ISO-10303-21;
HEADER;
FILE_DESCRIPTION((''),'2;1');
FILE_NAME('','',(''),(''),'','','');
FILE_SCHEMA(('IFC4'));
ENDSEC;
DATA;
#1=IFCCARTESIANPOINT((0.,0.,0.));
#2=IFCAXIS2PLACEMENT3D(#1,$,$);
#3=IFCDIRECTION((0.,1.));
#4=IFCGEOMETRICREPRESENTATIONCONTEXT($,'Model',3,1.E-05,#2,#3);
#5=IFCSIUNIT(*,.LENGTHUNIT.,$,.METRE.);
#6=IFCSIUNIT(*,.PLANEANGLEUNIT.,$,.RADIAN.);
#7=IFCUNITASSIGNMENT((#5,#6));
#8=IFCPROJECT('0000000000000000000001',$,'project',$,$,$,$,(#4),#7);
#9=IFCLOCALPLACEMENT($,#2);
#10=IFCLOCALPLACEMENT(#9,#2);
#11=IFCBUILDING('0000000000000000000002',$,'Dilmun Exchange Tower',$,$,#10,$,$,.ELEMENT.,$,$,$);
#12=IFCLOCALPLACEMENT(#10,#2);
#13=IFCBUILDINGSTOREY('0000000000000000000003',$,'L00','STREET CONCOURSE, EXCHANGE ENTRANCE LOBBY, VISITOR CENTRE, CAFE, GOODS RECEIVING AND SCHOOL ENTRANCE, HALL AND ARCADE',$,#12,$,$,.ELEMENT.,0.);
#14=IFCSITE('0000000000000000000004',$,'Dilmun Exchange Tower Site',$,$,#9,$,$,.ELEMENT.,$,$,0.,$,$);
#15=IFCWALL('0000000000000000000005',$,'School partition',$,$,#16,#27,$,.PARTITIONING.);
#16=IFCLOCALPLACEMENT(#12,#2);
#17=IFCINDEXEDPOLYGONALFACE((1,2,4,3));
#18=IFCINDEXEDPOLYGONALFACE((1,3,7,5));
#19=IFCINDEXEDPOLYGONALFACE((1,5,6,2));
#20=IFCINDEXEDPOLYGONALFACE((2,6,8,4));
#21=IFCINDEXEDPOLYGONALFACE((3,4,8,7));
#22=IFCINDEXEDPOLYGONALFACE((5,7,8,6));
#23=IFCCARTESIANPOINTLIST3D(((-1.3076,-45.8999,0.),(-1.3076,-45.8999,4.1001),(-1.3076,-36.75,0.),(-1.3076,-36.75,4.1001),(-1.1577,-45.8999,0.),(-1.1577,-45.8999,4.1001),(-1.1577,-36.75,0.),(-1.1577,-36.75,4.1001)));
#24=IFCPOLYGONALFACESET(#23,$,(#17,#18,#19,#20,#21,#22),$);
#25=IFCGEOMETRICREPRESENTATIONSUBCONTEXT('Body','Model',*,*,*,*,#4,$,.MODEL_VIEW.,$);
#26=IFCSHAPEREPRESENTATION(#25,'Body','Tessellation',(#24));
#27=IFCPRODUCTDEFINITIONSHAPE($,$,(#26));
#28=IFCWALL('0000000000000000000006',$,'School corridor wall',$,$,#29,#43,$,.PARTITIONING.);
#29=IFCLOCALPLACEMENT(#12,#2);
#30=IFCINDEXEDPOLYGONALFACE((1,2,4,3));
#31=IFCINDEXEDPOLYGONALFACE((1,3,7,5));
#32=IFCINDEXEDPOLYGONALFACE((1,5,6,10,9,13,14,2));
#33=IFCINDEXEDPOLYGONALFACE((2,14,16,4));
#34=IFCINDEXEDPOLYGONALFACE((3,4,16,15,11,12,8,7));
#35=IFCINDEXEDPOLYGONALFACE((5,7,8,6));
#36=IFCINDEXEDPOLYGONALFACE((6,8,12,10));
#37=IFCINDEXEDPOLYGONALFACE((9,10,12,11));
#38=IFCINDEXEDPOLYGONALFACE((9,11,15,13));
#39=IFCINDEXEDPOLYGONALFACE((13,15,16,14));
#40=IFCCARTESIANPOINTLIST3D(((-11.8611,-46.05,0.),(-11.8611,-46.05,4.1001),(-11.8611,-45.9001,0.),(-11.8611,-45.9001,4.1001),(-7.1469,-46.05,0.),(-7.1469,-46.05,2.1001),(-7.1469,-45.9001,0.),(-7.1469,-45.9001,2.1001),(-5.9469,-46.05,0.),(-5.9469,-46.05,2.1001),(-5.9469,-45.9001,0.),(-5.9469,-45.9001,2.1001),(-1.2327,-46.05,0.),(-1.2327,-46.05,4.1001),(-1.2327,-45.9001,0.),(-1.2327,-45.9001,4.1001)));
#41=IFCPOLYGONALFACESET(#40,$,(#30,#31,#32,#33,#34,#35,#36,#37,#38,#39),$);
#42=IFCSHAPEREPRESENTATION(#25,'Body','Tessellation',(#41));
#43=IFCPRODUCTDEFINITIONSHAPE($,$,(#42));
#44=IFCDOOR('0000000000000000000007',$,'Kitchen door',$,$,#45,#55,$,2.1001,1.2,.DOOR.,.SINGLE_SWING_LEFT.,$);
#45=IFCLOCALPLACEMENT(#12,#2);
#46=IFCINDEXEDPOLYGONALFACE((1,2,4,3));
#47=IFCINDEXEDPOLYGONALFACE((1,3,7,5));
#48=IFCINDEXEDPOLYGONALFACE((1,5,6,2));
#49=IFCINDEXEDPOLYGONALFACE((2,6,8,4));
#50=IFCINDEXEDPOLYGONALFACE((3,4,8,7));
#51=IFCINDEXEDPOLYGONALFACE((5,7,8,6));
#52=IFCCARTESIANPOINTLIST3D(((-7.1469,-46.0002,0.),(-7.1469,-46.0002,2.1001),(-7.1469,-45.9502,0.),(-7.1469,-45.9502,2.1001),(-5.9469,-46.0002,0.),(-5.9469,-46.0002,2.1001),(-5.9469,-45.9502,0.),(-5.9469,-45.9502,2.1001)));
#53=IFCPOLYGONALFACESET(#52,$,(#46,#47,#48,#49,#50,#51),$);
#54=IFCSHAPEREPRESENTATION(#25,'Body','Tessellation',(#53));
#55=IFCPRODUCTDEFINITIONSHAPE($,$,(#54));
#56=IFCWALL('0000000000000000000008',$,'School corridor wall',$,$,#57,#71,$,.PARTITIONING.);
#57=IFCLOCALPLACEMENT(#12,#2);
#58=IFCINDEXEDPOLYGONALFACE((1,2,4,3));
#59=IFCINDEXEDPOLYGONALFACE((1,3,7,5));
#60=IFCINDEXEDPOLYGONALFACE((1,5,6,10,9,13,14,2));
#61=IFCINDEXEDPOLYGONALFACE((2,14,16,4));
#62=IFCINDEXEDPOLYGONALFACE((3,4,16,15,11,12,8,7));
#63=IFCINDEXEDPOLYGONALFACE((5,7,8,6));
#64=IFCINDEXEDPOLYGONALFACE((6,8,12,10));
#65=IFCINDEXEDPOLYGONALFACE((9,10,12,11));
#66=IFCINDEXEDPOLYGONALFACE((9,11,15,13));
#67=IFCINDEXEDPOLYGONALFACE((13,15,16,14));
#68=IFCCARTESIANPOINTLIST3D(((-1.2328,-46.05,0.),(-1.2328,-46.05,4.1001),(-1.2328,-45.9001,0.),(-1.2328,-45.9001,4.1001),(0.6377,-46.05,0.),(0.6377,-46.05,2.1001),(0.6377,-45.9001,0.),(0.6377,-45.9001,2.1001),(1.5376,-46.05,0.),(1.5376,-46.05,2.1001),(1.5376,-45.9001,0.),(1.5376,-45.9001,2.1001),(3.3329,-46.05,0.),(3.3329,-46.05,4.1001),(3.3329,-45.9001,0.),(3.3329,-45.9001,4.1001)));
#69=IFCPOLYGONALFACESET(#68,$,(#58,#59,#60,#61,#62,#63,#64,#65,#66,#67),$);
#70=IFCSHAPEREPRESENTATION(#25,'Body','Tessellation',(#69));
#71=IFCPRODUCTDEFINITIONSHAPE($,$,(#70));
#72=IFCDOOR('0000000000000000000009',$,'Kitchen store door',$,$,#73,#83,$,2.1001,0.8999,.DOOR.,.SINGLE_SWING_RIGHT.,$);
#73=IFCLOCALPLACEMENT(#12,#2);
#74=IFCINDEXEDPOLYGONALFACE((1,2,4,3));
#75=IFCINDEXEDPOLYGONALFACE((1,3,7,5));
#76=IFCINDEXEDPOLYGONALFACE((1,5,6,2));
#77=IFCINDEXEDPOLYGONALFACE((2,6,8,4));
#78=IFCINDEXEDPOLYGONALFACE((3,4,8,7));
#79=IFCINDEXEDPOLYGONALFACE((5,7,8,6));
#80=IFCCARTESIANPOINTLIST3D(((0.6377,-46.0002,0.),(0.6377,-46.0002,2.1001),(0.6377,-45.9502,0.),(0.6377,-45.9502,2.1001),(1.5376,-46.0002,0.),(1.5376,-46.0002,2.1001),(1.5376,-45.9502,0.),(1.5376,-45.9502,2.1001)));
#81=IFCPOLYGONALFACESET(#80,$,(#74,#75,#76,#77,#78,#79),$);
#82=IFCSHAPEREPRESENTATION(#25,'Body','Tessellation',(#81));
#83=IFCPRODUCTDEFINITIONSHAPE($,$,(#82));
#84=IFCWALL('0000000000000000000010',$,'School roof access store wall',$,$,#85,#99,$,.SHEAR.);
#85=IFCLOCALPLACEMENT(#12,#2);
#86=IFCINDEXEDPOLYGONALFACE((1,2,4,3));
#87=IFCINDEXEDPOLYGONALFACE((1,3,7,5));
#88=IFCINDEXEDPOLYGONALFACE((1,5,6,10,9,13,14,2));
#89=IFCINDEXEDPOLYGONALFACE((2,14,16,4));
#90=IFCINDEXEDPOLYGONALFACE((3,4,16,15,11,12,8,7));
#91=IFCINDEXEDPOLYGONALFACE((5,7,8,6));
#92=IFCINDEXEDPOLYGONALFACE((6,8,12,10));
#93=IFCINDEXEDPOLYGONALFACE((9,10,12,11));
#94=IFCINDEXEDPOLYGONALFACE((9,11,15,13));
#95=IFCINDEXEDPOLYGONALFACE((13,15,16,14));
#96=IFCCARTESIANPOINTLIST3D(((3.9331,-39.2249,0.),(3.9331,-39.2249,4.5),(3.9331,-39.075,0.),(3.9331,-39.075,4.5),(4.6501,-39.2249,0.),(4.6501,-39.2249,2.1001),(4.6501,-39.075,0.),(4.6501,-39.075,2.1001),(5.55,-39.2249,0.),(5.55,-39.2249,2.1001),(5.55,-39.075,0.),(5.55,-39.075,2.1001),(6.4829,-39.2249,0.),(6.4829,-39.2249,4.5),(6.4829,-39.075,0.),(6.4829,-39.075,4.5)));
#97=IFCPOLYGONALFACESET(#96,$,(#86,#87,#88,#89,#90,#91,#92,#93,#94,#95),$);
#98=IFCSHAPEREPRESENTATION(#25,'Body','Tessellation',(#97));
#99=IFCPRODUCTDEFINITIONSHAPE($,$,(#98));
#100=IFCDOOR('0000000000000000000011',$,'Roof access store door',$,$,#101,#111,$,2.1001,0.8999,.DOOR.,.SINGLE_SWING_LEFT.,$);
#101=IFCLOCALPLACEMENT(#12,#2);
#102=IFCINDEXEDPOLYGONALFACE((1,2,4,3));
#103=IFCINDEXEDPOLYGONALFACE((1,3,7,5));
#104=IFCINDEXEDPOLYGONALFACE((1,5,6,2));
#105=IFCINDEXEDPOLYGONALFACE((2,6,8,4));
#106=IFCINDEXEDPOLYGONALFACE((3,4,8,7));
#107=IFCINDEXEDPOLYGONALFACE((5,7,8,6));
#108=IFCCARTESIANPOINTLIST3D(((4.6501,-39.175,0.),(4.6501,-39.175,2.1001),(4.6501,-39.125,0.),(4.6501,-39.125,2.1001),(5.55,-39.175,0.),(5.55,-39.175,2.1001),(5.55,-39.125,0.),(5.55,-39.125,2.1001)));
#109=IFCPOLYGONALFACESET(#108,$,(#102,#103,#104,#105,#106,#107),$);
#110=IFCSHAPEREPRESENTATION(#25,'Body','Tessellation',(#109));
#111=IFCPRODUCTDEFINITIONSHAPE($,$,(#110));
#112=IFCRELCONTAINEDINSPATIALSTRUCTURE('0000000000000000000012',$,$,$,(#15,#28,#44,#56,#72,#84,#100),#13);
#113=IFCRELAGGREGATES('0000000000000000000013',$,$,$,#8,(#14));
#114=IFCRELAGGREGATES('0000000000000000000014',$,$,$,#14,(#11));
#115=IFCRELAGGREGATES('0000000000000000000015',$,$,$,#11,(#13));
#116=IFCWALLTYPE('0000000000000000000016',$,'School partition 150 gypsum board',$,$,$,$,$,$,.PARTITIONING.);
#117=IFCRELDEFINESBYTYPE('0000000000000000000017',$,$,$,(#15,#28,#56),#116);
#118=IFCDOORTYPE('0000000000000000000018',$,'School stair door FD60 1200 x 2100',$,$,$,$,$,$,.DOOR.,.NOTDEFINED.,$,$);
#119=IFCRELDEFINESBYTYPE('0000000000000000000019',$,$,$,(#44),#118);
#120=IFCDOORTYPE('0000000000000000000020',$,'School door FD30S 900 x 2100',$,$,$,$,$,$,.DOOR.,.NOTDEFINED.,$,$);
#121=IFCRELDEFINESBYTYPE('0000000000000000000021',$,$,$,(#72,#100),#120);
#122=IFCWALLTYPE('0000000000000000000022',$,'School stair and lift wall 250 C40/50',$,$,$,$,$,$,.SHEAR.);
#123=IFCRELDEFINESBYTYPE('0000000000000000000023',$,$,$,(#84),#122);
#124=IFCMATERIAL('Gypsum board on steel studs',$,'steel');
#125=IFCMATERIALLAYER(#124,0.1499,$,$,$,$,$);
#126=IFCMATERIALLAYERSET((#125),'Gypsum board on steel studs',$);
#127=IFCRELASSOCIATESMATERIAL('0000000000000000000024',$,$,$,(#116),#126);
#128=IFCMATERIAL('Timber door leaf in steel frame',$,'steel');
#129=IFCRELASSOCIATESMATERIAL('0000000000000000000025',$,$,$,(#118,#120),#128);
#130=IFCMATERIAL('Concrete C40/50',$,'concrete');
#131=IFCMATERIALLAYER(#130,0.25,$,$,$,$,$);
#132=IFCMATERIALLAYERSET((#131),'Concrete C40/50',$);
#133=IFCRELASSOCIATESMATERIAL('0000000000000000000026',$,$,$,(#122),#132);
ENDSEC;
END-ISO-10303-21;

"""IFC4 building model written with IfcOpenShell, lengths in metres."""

from ifc_helpers import new_model, si_unit, direction, frame, frame_2d, origin, place, context, subcontext, project, spatial, rectangle, extrude, material, layer, layer_set, type_object, element, fill, save


model = new_model("IFC4")

# Units and contexts
model_context = context("Model", 3, precision=1e-05, world=origin(), true_north=direction((0.0, 1.0)))
body_context = subcontext(model_context, "Body", "Model", "MODEL_VIEW")
ifc_project = project(units=[si_unit("LENGTHUNIT", "METRE"), si_unit("PLANEANGLEUNIT", "RADIAN")], contexts=[model_context])

# Site, building, storey
site_placement = place(None, origin())
site = spatial("IfcSite", under=ifc_project, at=site_placement, Name="Dilmun Exchange Tower Site", CompositionType="ELEMENT", RefElevation=0.0)
building_placement = place(site_placement, origin())
building = spatial("IfcBuilding", under=site, at=building_placement, Name="Dilmun Exchange Tower", CompositionType="ELEMENT")
storey_placement = place(building_placement, origin())
storey = spatial("IfcBuildingStorey", under=building, at=storey_placement, Name="L00", Description="STREET CONCOURSE, EXCHANGE ENTRANCE LOBBY, VISITOR CENTRE, CAFE, GOODS RECEIVING AND SCHOOL ENTRANCE, HALL AND ARCADE", CompositionType="ELEMENT", Elevation=0.0)

# Wall
ifc_material_1 = material(Name="Gypsum board on steel studs", Category="steel")
ifc_layer_1 = layer(ifc_material_1, 0.1499)
ifc_layer_set_1 = layer_set([ifc_layer_1], Name="Gypsum board on steel studs")
wall_type_1 = type_object("IfcWallType", Name="School partition 150 gypsum board", PredefinedType="PARTITIONING", material=ifc_layer_set_1)
for number, where, z_axis, x_axis, name in (
    (1, (-1.2327, -45.8999, 0.0), (0.0, 0.0, 1.0), (0.0, 1.0, 0.0), "School partition"),
):
    element("IfcWall", number, at=place(storey_placement, frame(where, z_axis=z_axis, x_axis=x_axis)), inside=storey, type_object=wall_type_1, Name=name, PredefinedType="PARTITIONING", context=body_context, shape_type="SweptSolid", body=[
        extrude(rectangle(XDim=9.1499, YDim=0.1499, at=frame_2d((4.575, 0.0))), origin(), (0.0, 0.0, 1.0), 4.1001),
    ])

# Walls, openings, doors
wall_1_placement = place(storey_placement, frame((-11.8611, -45.9751, 0.0), z_axis=(0.0, 0.0, 1.0), x_axis=(1.0, 0.0, 0.0)))
wall_1 = element("IfcWall", 2, at=wall_1_placement, inside=storey, type_object=wall_type_1, Name="School corridor wall", PredefinedType="PARTITIONING", context=body_context, shape_type="SweptSolid", body=[
    extrude(rectangle(XDim=10.6284, YDim=0.1499, at=frame_2d((5.3142, 0.0))), origin(), (0.0, 0.0, 1.0), 4.1001),
])
opening_1_placement = place(wall_1_placement, frame((4.7141, 0.0, 0.0)))
opening_1 = element("IfcOpeningElement", 3, at=opening_1_placement, cuts=wall_1, PredefinedType="OPENING", context=body_context, shape_type="SweptSolid", body=[
    extrude(rectangle(XDim=1.2, YDim=2.1001, at=frame_2d((0.6001, 1.05))), frame((0.0, 0.085, 0.0), z_axis=(0.0, -1.0, 0.0), x_axis=(1.0, 0.0, 0.0)), (0.0, 0.0, 1.0), 0.1699),
])
ifc_material_2 = material(Name="Timber door leaf in steel frame", Category="steel")
door_type_1 = type_object("IfcDoorType", Name="School stair door FD60 1200 x 2100", OperationType="NOTDEFINED", PredefinedType="DOOR", material=ifc_material_2)
door_1_placement = place(opening_1_placement, origin())
door_1 = element("IfcDoor", 4, at=door_1_placement, inside=storey, type_object=door_type_1, Name="Kitchen door", OperationType="SINGLE_SWING_LEFT", OverallHeight=2.1001, OverallWidth=1.2, PredefinedType="DOOR", context=body_context, shape_type="SweptSolid", body=[
    extrude(rectangle(XDim=1.2, YDim=2.1001, at=frame_2d((0.6001, 1.05))), frame((0.0, 0.0249, 0.0), z_axis=(0.0, -1.0, 0.0), x_axis=(1.0, 0.0, 0.0)), (0.0, 0.0, 1.0), 0.05),
])
fill(opening_1, door_1)
wall_2_placement = place(storey_placement, frame((-1.2327, -45.9751, 0.0), z_axis=(0.0, 0.0, 1.0), x_axis=(1.0, 0.0, 0.0)))
wall_2 = element("IfcWall", 5, at=wall_2_placement, inside=storey, type_object=wall_type_1, Name="School corridor wall", PredefinedType="PARTITIONING", context=body_context, shape_type="SweptSolid", body=[
    extrude(rectangle(XDim=4.5657, YDim=0.1499, at=frame_2d((2.2827, 0.0))), origin(), (0.0, 0.0, 1.0), 4.1001),
])
opening_2_placement = place(wall_2_placement, frame((1.8704, 0.0, 0.0)))
opening_2 = element("IfcOpeningElement", 6, at=opening_2_placement, cuts=wall_2, PredefinedType="OPENING", context=body_context, shape_type="SweptSolid", body=[
    extrude(rectangle(XDim=0.8999, YDim=2.1001, at=frame_2d((0.45, 1.05))), frame((0.0, 0.085, 0.0), z_axis=(0.0, -1.0, 0.0), x_axis=(1.0, 0.0, 0.0)), (0.0, 0.0, 1.0), 0.1699),
])
door_type_2 = type_object("IfcDoorType", Name="School door FD30S 900 x 2100", OperationType="NOTDEFINED", PredefinedType="DOOR", material=ifc_material_2)
door_2_placement = place(opening_2_placement, origin())
door_2 = element("IfcDoor", 7, at=door_2_placement, inside=storey, type_object=door_type_2, Name="Kitchen store door", OperationType="SINGLE_SWING_RIGHT", OverallHeight=2.1001, OverallWidth=0.8999, PredefinedType="DOOR", context=body_context, shape_type="SweptSolid", body=[
    extrude(rectangle(XDim=0.8999, YDim=2.1001, at=frame_2d((0.45, 1.05))), frame((0.0, 0.0249, 0.0), z_axis=(0.0, -1.0, 0.0), x_axis=(1.0, 0.0, 0.0)), (0.0, 0.0, 1.0), 0.05),
])
fill(opening_2, door_2)
ifc_material_3 = material(Name="Concrete C40/50", Category="concrete")
ifc_layer_2 = layer(ifc_material_3, 0.25)
ifc_layer_set_2 = layer_set([ifc_layer_2], Name="Concrete C40/50")
wall_type_2 = type_object("IfcWallType", Name="School stair and lift wall 250 C40/50", PredefinedType="SHEAR", material=ifc_layer_set_2)
wall_3_placement = place(storey_placement, frame((3.9331, -39.1499, 0.0), z_axis=(0.0, 0.0, 1.0), x_axis=(1.0, 0.0, 0.0)))
wall_3 = element("IfcWall", 8, at=wall_3_placement, inside=storey, type_object=wall_type_2, Name="School roof access store wall", PredefinedType="SHEAR", context=body_context, shape_type="SweptSolid", body=[
    extrude(rectangle(XDim=2.5498, YDim=0.1499, at=frame_2d((1.2749, 0.0))), origin(), (0.0, 0.0, 1.0), 4.5),
])
opening_3_placement = place(wall_3_placement, frame((0.717, 0.0, 0.0)))
opening_3 = element("IfcOpeningElement", 9, at=opening_3_placement, cuts=wall_3, PredefinedType="OPENING", context=body_context, shape_type="SweptSolid", body=[
    extrude(rectangle(XDim=0.8999, YDim=2.1001, at=frame_2d((0.45, 1.05))), frame((0.0, 0.085, 0.0), z_axis=(0.0, -1.0, 0.0), x_axis=(1.0, 0.0, 0.0)), (0.0, 0.0, 1.0), 0.1699),
])
door_3_placement = place(opening_3_placement, origin())
door_3 = element("IfcDoor", 10, at=door_3_placement, inside=storey, type_object=door_type_2, Name="Roof access store door", OperationType="SINGLE_SWING_LEFT", OverallHeight=2.1001, OverallWidth=0.8999, PredefinedType="DOOR", context=body_context, shape_type="SweptSolid", body=[
    extrude(rectangle(XDim=0.8999, YDim=2.1001, at=frame_2d((0.45, 1.05))), frame((0.0, 0.0249, 0.0), z_axis=(0.0, -1.0, 0.0), x_axis=(1.0, 0.0, 0.0)), (0.0, 0.0, 1.0), 0.05),
])
fill(opening_3, door_3)

save(model, "model.ifc")
